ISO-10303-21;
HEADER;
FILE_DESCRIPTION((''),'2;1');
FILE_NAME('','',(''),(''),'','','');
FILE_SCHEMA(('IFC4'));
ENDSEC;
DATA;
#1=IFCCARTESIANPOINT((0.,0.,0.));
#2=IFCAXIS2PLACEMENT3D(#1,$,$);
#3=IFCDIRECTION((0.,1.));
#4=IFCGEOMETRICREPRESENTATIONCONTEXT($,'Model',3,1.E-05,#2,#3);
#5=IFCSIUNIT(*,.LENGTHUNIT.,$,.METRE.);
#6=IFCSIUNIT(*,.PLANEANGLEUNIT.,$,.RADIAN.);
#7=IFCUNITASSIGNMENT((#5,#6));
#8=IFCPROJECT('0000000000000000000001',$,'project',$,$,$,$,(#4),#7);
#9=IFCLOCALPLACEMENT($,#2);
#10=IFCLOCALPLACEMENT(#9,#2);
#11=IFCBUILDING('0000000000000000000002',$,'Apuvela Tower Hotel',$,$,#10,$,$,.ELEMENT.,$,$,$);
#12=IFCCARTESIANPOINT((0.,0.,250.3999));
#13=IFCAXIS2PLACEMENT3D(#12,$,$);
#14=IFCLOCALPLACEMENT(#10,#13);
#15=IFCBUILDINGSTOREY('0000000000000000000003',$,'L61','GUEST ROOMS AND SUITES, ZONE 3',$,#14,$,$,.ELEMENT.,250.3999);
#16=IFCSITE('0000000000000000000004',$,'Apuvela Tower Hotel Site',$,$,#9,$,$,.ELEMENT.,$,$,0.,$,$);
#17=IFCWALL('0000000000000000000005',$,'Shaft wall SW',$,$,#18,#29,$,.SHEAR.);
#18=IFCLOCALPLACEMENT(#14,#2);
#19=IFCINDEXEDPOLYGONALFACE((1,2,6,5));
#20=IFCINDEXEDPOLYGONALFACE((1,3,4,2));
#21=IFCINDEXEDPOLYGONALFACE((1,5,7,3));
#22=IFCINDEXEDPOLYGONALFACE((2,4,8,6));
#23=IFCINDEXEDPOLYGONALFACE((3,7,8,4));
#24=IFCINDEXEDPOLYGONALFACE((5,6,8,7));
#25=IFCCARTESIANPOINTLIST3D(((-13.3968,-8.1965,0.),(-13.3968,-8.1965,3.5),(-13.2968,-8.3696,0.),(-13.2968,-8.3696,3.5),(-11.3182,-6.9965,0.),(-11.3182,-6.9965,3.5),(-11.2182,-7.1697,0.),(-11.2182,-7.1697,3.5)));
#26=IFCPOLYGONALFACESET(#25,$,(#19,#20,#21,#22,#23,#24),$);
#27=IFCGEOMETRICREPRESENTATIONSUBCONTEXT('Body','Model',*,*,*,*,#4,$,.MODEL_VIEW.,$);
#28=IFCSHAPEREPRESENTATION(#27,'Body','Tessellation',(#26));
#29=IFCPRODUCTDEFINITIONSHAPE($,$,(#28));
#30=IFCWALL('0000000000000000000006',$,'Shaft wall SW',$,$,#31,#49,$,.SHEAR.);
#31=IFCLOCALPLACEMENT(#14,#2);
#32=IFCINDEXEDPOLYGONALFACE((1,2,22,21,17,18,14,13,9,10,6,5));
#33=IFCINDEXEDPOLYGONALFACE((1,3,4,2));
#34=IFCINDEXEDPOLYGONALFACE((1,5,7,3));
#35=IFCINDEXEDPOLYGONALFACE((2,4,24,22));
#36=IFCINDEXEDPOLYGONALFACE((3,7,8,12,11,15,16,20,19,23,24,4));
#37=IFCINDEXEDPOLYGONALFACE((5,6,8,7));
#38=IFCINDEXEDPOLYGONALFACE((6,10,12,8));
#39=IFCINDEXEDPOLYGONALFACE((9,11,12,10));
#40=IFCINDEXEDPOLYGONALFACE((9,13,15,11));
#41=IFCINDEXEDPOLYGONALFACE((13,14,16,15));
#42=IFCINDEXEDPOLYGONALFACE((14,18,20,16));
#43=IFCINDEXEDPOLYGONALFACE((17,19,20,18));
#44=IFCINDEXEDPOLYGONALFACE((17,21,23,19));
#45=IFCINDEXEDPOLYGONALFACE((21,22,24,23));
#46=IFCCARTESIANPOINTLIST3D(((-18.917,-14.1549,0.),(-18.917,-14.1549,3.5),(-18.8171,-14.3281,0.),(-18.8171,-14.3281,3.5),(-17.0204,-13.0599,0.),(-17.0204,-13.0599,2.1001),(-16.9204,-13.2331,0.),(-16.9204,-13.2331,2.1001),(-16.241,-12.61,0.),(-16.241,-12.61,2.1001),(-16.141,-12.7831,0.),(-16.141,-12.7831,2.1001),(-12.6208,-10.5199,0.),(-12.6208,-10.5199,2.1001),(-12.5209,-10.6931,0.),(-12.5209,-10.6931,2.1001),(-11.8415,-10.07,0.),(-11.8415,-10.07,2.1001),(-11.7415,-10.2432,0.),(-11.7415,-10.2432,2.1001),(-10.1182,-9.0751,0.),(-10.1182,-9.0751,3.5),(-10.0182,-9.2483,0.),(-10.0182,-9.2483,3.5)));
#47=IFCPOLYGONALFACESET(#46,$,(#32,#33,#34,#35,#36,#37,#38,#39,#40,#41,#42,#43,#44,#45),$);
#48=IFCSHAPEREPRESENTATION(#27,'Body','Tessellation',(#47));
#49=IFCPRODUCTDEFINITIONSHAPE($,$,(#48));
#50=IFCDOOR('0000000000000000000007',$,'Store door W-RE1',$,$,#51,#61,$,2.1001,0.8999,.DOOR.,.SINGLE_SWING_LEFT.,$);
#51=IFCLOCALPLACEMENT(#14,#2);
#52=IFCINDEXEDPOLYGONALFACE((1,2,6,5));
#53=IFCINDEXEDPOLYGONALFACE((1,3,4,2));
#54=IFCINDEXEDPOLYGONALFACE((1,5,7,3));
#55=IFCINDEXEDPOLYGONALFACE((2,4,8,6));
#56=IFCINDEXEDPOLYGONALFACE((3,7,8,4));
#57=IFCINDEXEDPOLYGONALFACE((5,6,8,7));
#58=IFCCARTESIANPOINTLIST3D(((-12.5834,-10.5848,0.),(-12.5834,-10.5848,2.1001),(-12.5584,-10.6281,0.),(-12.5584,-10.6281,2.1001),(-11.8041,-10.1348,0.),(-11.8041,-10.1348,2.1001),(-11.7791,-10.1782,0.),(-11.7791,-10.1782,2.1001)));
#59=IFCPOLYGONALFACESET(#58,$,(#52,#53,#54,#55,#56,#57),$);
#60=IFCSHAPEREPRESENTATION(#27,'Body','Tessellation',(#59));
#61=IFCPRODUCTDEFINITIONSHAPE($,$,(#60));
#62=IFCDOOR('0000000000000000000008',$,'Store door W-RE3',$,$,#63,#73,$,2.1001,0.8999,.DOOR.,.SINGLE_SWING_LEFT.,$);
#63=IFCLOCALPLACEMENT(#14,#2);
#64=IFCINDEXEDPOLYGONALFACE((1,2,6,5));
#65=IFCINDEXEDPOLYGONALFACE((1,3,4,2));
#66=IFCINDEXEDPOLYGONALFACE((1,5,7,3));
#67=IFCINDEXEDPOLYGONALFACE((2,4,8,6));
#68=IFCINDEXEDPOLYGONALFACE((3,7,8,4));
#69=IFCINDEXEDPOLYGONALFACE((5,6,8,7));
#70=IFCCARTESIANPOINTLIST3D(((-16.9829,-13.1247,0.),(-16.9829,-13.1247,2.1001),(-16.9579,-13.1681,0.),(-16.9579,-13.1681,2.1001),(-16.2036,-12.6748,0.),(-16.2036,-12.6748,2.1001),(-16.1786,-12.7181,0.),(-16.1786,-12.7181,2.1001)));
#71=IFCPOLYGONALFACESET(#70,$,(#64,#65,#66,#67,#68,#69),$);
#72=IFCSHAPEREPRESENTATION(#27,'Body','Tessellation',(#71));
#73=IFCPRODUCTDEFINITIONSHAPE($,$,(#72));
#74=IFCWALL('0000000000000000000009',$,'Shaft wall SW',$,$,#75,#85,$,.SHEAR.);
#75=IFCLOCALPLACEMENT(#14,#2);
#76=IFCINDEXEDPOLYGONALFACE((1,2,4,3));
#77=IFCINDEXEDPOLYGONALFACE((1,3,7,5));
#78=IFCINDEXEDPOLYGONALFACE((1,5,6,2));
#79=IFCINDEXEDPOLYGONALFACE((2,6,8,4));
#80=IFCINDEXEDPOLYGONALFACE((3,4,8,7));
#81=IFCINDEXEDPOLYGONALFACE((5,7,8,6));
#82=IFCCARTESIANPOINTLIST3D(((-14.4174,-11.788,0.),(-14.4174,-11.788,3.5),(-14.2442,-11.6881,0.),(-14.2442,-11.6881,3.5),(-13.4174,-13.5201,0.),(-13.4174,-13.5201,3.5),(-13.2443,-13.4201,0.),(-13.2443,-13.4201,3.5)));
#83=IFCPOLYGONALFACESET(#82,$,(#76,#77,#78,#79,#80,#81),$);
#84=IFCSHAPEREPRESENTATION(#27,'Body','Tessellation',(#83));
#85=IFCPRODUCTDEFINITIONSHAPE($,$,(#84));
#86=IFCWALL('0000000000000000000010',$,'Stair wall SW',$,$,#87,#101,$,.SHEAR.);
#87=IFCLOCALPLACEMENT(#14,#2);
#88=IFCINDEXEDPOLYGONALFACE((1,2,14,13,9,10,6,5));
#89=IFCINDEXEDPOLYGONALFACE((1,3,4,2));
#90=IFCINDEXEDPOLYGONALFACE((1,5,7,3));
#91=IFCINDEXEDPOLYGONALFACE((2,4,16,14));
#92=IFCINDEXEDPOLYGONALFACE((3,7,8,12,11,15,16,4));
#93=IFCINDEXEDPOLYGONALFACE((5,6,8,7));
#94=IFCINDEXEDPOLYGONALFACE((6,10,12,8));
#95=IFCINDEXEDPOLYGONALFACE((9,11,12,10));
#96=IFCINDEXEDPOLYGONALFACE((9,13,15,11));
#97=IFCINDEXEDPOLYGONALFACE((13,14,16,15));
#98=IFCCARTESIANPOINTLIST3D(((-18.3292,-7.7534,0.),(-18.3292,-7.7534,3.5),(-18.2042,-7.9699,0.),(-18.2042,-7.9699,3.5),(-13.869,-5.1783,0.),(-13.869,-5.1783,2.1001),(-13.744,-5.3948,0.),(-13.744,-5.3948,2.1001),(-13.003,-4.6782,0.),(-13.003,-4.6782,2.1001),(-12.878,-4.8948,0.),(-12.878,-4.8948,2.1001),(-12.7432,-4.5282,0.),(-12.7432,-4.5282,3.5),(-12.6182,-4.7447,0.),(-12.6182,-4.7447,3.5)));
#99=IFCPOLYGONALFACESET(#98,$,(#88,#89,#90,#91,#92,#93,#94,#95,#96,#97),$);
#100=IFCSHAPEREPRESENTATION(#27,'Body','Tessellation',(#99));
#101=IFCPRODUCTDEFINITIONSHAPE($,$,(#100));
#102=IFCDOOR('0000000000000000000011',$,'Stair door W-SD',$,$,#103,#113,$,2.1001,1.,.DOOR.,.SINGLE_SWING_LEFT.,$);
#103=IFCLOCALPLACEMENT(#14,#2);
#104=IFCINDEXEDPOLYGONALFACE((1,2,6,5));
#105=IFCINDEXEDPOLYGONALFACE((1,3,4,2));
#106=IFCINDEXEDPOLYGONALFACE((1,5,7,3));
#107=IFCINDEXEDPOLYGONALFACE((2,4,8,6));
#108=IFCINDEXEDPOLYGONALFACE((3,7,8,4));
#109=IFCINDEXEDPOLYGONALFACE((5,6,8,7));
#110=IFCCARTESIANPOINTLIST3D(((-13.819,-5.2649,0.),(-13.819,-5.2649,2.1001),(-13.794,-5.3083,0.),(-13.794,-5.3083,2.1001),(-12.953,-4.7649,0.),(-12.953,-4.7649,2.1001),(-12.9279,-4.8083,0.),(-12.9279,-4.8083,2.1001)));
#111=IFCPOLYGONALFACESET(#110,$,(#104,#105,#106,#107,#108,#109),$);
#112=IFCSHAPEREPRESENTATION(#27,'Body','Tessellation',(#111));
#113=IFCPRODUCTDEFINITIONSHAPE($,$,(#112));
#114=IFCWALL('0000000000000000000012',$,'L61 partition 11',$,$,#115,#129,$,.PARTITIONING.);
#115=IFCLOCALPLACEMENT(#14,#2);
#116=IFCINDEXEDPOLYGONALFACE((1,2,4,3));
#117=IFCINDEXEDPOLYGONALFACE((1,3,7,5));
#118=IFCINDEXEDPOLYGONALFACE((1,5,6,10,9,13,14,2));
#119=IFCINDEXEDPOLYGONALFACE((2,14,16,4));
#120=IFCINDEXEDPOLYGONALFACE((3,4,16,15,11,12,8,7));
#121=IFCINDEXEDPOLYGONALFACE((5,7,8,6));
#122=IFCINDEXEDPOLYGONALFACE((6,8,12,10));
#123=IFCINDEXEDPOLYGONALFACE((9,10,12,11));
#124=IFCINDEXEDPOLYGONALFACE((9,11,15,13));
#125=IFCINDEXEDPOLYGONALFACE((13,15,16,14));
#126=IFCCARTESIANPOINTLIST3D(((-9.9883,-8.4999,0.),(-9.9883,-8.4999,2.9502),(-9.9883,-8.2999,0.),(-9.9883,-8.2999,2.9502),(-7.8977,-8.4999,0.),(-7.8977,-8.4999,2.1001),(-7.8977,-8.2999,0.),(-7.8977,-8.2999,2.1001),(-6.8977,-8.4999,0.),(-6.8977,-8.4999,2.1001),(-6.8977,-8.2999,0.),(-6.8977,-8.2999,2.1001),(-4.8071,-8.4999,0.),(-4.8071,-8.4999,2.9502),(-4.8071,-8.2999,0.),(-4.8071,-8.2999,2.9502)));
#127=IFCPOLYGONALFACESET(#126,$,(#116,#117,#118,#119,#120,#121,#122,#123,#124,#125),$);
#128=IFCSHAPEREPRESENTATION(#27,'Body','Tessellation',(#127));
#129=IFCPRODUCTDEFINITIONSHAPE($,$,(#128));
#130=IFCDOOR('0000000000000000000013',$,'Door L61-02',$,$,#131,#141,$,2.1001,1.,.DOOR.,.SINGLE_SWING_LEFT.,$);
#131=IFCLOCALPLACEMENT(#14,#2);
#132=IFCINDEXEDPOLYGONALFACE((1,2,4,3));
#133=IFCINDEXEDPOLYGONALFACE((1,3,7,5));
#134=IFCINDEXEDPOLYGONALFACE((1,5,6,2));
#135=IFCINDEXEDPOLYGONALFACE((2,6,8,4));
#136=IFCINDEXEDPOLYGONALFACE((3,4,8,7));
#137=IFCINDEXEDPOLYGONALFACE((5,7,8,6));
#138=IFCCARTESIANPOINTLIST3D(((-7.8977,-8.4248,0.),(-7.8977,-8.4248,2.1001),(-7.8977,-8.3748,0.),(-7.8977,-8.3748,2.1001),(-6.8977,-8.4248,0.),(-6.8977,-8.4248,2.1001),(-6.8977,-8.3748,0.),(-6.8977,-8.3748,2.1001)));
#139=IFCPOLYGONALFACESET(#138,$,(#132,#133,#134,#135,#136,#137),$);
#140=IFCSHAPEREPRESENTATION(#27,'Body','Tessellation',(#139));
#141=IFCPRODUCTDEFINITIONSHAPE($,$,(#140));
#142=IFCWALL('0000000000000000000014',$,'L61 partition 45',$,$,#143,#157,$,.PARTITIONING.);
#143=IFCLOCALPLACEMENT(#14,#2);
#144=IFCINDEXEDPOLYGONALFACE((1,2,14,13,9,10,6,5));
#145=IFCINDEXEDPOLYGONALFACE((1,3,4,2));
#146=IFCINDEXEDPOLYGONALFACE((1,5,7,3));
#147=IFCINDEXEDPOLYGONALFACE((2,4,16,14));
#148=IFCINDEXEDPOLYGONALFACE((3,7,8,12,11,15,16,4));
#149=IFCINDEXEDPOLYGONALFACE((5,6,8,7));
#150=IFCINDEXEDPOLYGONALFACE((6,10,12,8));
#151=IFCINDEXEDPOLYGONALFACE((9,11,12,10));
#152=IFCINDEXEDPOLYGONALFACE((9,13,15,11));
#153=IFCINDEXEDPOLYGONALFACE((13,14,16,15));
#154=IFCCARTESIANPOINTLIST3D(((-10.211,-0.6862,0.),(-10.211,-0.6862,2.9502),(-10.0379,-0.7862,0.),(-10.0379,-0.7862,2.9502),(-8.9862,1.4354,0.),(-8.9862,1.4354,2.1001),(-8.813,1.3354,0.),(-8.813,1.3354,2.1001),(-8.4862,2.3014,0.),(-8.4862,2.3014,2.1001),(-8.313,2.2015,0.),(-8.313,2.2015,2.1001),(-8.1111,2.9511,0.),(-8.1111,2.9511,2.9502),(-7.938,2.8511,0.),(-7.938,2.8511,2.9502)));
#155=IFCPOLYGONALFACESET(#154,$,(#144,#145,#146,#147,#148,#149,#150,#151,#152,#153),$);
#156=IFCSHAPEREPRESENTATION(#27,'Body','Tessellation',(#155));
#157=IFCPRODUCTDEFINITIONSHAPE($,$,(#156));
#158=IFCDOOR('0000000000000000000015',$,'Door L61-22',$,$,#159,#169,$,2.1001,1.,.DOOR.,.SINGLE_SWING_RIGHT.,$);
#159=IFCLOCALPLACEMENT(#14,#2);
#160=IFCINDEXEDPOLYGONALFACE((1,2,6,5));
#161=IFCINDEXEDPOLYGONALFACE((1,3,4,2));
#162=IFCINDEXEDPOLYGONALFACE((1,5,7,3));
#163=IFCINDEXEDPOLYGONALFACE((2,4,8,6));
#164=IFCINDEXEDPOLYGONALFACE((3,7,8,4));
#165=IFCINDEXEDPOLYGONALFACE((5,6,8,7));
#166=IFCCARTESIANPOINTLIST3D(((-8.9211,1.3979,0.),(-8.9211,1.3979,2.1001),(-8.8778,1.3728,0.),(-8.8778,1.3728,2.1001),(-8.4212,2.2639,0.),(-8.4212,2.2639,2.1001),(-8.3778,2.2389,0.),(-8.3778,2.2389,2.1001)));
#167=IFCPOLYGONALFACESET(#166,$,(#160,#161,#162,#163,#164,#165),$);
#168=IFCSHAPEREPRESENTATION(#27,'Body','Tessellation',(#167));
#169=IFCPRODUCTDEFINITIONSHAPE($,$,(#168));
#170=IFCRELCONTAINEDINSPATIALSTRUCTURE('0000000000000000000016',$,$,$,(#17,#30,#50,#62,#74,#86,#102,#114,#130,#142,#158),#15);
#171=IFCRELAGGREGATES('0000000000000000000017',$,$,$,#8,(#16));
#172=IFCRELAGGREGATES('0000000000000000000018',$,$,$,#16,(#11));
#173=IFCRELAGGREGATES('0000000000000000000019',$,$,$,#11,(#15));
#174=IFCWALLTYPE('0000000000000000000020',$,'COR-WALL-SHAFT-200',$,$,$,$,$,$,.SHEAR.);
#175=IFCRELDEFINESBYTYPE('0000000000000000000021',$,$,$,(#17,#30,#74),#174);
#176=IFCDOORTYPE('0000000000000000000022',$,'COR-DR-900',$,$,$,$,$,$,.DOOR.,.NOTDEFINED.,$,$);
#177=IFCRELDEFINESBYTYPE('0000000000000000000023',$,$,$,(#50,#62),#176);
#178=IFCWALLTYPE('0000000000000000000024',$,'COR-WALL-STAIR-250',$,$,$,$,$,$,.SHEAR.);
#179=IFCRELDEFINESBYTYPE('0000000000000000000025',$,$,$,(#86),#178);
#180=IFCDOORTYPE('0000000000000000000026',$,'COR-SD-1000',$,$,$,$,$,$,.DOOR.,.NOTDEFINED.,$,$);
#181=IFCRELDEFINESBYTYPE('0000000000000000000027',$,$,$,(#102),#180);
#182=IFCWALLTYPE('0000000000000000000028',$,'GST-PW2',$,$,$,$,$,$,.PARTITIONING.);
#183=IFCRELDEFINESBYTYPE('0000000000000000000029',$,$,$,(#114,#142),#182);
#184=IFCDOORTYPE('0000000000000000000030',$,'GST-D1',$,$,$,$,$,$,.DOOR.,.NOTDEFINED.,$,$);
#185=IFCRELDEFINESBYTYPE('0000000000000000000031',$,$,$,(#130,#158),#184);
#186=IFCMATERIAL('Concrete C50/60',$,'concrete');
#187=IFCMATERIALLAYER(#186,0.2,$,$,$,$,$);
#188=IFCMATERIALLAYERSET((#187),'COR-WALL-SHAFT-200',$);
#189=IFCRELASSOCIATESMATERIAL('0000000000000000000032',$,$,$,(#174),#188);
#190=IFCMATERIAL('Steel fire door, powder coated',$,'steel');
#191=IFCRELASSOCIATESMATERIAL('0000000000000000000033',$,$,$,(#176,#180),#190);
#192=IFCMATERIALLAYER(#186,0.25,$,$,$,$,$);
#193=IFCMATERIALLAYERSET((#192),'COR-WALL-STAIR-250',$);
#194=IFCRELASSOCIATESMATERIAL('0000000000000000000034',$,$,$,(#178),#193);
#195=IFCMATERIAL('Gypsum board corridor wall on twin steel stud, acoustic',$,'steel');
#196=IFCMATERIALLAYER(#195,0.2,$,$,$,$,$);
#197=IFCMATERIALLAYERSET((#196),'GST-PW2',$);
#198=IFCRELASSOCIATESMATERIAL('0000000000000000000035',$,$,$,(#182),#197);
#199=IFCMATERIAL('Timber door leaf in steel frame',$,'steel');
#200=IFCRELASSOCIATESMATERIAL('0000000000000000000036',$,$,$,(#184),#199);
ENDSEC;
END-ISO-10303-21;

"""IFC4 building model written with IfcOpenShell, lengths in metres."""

from ifc_helpers import new_model, si_unit, direction, frame, frame_2d, origin, place, context, subcontext, project, spatial, rectangle, extrude, material, layer, layer_set, type_object, element, fill, save


model = new_model("IFC4")

# Units and contexts
model_context = context("Model", 3, precision=1e-05, world=origin(), true_north=direction((0.0, 1.0)))
body_context = subcontext(model_context, "Body", "Model", "MODEL_VIEW")
ifc_project = project(units=[si_unit("LENGTHUNIT", "METRE"), si_unit("PLANEANGLEUNIT", "RADIAN")], contexts=[model_context])

# Site, building, storey
site_placement = place(None, origin())
site = spatial("IfcSite", under=ifc_project, at=site_placement, Name="Apuvela Tower Hotel Site", CompositionType="ELEMENT", RefElevation=0.0)
building_placement = place(site_placement, origin())
building = spatial("IfcBuilding", under=site, at=building_placement, Name="Apuvela Tower Hotel", CompositionType="ELEMENT")
storey_placement = place(building_placement, frame((0.0, 0.0, 250.3999)))
storey = spatial("IfcBuildingStorey", under=building, at=storey_placement, Name="L61", Description="GUEST ROOMS AND SUITES, ZONE 3", CompositionType="ELEMENT", Elevation=250.3999)

# Shared definitions
ifc_material_1 = material(Name="Concrete C50/60", Category="concrete")
ifc_material_2 = material(Name="Steel fire door, powder coated", Category="steel")

# Shared definitions
ifc_layer_1 = layer(ifc_material_1, 0.2)
ifc_layer_set_1 = layer_set([ifc_layer_1], Name="COR-WALL-SHAFT-200")
wall_type_1 = type_object("IfcWallType", Name="COR-WALL-SHAFT-200", PredefinedType="SHEAR", material=ifc_layer_set_1)

# Wall
wall_1_placement = place(storey_placement, frame((-11.2681, -7.083, 0.0), z_axis=(0.0, 0.0, 1.0), x_axis=(-0.86605, -0.499957, 0.0)))
element("IfcWall", 1, at=wall_1_placement, inside=storey, type_object=wall_type_1, Name="Shaft wall SW", PredefinedType="SHEAR", context=body_context, shape_type="SweptSolid", body=[
    extrude(rectangle(XDim=2.4001, YDim=0.2, at=frame_2d((1.2002, 0.0))), origin(), (0.0, 0.0, 1.0), 3.5),
])

# Wall, openings, doors
wall_2_placement = place(storey_placement, frame((-10.0681, -9.1616, 0.0), z_axis=(0.0, 0.0, 1.0), x_axis=(-0.866033, -0.499987, 0.0)))
wall_2 = element("IfcWall", 2, at=wall_2_placement, inside=storey, type_object=wall_type_1, Name="Shaft wall SW", PredefinedType="SHEAR", context=body_context, shape_type="SweptSolid", body=[
    extrude(rectangle(XDim=10.1599, YDim=0.2, at=frame_2d((5.0801, 0.0))), origin(), (0.0, 0.0, 1.0), 3.5),
])
opening_1_placement = place(wall_2_placement, frame((1.99, 0.0, 0.0)))
opening_1 = element("IfcOpeningElement", 3, at=opening_1_placement, cuts=wall_2, PredefinedType="OPENING", context=body_context, shape_type="SweptSolid", body=[
    extrude(rectangle(XDim=0.8999, YDim=2.1001, at=frame_2d((0.45, 1.05))), frame((0.0, 0.1099, 0.0), z_axis=(0.0, -1.0, 0.0), x_axis=(1.0, 0.0, 0.0)), (0.0, 0.0, 1.0), 0.22),
])
opening_2_placement = place(wall_2_placement, frame((7.0701, 0.0, 0.0)))
opening_2 = element("IfcOpeningElement", 4, at=opening_2_placement, cuts=wall_2, PredefinedType="OPENING", context=body_context, shape_type="SweptSolid", body=[
    extrude(rectangle(XDim=0.8999, YDim=2.1001, at=frame_2d((0.45, 1.05))), frame((0.0, 0.1099, 0.0), z_axis=(0.0, -1.0, 0.0), x_axis=(1.0, 0.0, 0.0)), (0.0, 0.0, 1.0), 0.22),
])
door_type_1 = type_object("IfcDoorType", Name="COR-DR-900", OperationType="NOTDEFINED", PredefinedType="DOOR", material=ifc_material_2)
door_1_placement = place(opening_1_placement, origin())
door_1 = element("IfcDoor", 5, at=door_1_placement, inside=storey, type_object=door_type_1, Name="Store door W-RE1", OperationType="SINGLE_SWING_LEFT", OverallHeight=2.1001, OverallWidth=0.8999, PredefinedType="DOOR", context=body_context, shape_type="SweptSolid", body=[
    extrude(rectangle(XDim=0.8999, YDim=2.1001, at=frame_2d((0.45, 1.05))), frame((0.0, 0.0249, 0.0), z_axis=(0.0, -1.0, 0.0), x_axis=(1.0, 0.0, 0.0)), (0.0, 0.0, 1.0), 0.05),
])
fill(opening_1, door_1)
door_2_placement = place(opening_2_placement, origin())
door_2 = element("IfcDoor", 6, at=door_2_placement, inside=storey, type_object=door_type_1, Name="Store door W-RE3", OperationType="SINGLE_SWING_LEFT", OverallHeight=2.1001, OverallWidth=0.8999, PredefinedType="DOOR", context=body_context, shape_type="SweptSolid", body=[
    extrude(rectangle(XDim=0.8999, YDim=2.1001, at=frame_2d((0.45, 1.05))), frame((0.0, 0.0249, 0.0), z_axis=(0.0, -1.0, 0.0), x_axis=(1.0, 0.0, 0.0)), (0.0, 0.0, 1.0), 0.05),
])
fill(opening_2, door_2)

# Wall
wall_3_placement = place(storey_placement, frame((-14.3308, -11.738, 0.0), z_axis=(0.0, 0.0, 1.0), x_axis=(0.499973, -0.866041, 0.0)))
element("IfcWall", 7, at=wall_3_placement, inside=storey, type_object=wall_type_1, Name="Shaft wall SW", PredefinedType="SHEAR", context=body_context, shape_type="SweptSolid", body=[
    extrude(rectangle(XDim=2.0, YDim=0.2, at=frame_2d((1.0, 0.0))), origin(), (0.0, 0.0, 1.0), 3.5),
])

# Walls, openings, doors
ifc_layer_2 = layer(ifc_material_1, 0.25)
ifc_layer_set_2 = layer_set([ifc_layer_2], Name="COR-WALL-STAIR-250")
wall_type_2 = type_object("IfcWallType", Name="COR-WALL-STAIR-250", PredefinedType="SHEAR", material=ifc_layer_set_2)
wall_4_placement = place(storey_placement, frame((-12.6807, -4.6365, 0.0), z_axis=(0.0, 0.0, 1.0), x_axis=(-0.866022, -0.500006, 0.0)))
wall_4 = element("IfcWall", 8, at=wall_4_placement, inside=storey, type_object=wall_type_2, Name="Stair wall SW", PredefinedType="SHEAR", context=body_context, shape_type="SweptSolid", body=[
    extrude(rectangle(XDim=6.4502, YDim=0.25, at=frame_2d((3.2251, 0.0))), origin(), (0.0, 0.0, 1.0), 3.5),
])
opening_3_placement = place(wall_4_placement, frame((0.3, 0.0, 0.0)))
opening_3 = element("IfcOpeningElement", 9, at=opening_3_placement, cuts=wall_4, PredefinedType="OPENING", context=body_context, shape_type="SweptSolid", body=[
    extrude(rectangle(XDim=1.0, YDim=2.1001, at=frame_2d((0.5, 1.05))), frame((0.0, 0.135, 0.0), z_axis=(0.0, -1.0, 0.0), x_axis=(1.0, 0.0, 0.0)), (0.0, 0.0, 1.0), 0.27),
])
door_type_2 = type_object("IfcDoorType", Name="COR-SD-1000", OperationType="NOTDEFINED", PredefinedType="DOOR", material=ifc_material_2)
door_3_placement = place(opening_3_placement, frame((1.0, 0.0, 0.0), z_axis=(0.0, 0.0, 1.0), x_axis=(-1.0, 0.0, 0.0)))
door_3 = element("IfcDoor", 10, at=door_3_placement, inside=storey, type_object=door_type_2, Name="Stair door W-SD", OperationType="SINGLE_SWING_LEFT", OverallHeight=2.1001, OverallWidth=1.0, PredefinedType="DOOR", context=body_context, shape_type="SweptSolid", body=[
    extrude(rectangle(XDim=1.0, YDim=2.1001, at=frame_2d((0.5, 1.05))), frame((0.0, 0.0249, 0.0), z_axis=(0.0, -1.0, 0.0), x_axis=(1.0, 0.0, 0.0)), (0.0, 0.0, 1.0), 0.05),
])
fill(opening_3, door_3)
ifc_material_3 = material(Name="Gypsum board corridor wall on twin steel stud, acoustic", Category="steel")
ifc_layer_3 = layer(ifc_material_3, 0.2)
ifc_layer_set_3 = layer_set([ifc_layer_3], Name="GST-PW2")
wall_type_3 = type_object("IfcWallType", Name="GST-PW2", PredefinedType="PARTITIONING", material=ifc_layer_set_3)
wall_5_placement = place(storey_placement, frame((-4.8071, -8.3999, 0.0), z_axis=(0.0, 0.0, 1.0), x_axis=(-1.0, 0.0, 0.0)))
wall_5 = element("IfcWall", 11, at=wall_5_placement, inside=storey, type_object=wall_type_3, Name="L61 partition 11", PredefinedType="PARTITIONING", context=body_context, shape_type="SweptSolid", body=[
    extrude(rectangle(XDim=5.1812, YDim=0.2, at=frame_2d((2.5906, 0.0))), origin(), (0.0, 0.0, 1.0), 2.9502),
])
opening_4_placement = place(wall_5_placement, frame((2.0906, 0.0, 0.0)))
opening_4 = element("IfcOpeningElement", 12, at=opening_4_placement, cuts=wall_5, PredefinedType="OPENING", context=body_context, shape_type="SweptSolid", body=[
    extrude(rectangle(XDim=1.0, YDim=2.1001, at=frame_2d((0.5, 1.05))), frame((0.0, 0.1099, 0.0), z_axis=(0.0, -1.0, 0.0), x_axis=(1.0, 0.0, 0.0)), (0.0, 0.0, 1.0), 0.22),
])
ifc_material_4 = material(Name="Timber door leaf in steel frame", Category="steel")
door_type_3 = type_object("IfcDoorType", Name="GST-D1", OperationType="NOTDEFINED", PredefinedType="DOOR", material=ifc_material_4)
door_4_placement = place(opening_4_placement, origin())
door_4 = element("IfcDoor", 13, at=door_4_placement, inside=storey, type_object=door_type_3, Name="Door L61-02", OperationType="SINGLE_SWING_LEFT", OverallHeight=2.1001, OverallWidth=1.0, PredefinedType="DOOR", context=body_context, shape_type="SweptSolid", body=[
    extrude(rectangle(XDim=1.0, YDim=2.1001, at=frame_2d((0.5, 1.05))), frame((0.0, 0.0249, 0.0), z_axis=(0.0, -1.0, 0.0), x_axis=(1.0, 0.0, 0.0)), (0.0, 0.0, 1.0), 0.05),
])
fill(opening_4, door_4)
wall_6_placement = place(storey_placement, frame((-10.1245, -0.7363, 0.0), z_axis=(0.0, 0.0, 1.0), x_axis=(0.499984, 0.866035, 0.0)))
wall_6 = element("IfcWall", 14, at=wall_6_placement, inside=storey, type_object=wall_type_3, Name="L61 partition 45", PredefinedType="PARTITIONING", context=body_context, shape_type="SweptSolid", body=[
    extrude(rectangle(XDim=4.2, YDim=0.2, at=frame_2d((2.1001, 0.0))), origin(), (0.0, 0.0, 1.0), 2.9502),
])
opening_5_placement = place(wall_6_placement, frame((2.45, 0.0, 0.0)))
opening_5 = element("IfcOpeningElement", 15, at=opening_5_placement, cuts=wall_6, PredefinedType="OPENING", context=body_context, shape_type="SweptSolid", body=[
    extrude(rectangle(XDim=1.0, YDim=2.1001, at=frame_2d((0.5, 1.05))), frame((0.0, 0.1099, 0.0), z_axis=(0.0, -1.0, 0.0), x_axis=(1.0, 0.0, 0.0)), (0.0, 0.0, 1.0), 0.22),
])
door_5_placement = place(opening_5_placement, origin())
door_5 = element("IfcDoor", 16, at=door_5_placement, inside=storey, type_object=door_type_3, Name="Door L61-22", OperationType="SINGLE_SWING_RIGHT", OverallHeight=2.1001, OverallWidth=1.0, PredefinedType="DOOR", context=body_context, shape_type="SweptSolid", body=[
    extrude(rectangle(XDim=1.0, YDim=2.1001, at=frame_2d((0.5, 1.05))), frame((0.0, 0.0249, 0.0), z_axis=(0.0, -1.0, 0.0), x_axis=(1.0, 0.0, 0.0)), (0.0, 0.0, 1.0), 0.05),
])
fill(opening_5, door_5)

save(model, "model.ifc")
